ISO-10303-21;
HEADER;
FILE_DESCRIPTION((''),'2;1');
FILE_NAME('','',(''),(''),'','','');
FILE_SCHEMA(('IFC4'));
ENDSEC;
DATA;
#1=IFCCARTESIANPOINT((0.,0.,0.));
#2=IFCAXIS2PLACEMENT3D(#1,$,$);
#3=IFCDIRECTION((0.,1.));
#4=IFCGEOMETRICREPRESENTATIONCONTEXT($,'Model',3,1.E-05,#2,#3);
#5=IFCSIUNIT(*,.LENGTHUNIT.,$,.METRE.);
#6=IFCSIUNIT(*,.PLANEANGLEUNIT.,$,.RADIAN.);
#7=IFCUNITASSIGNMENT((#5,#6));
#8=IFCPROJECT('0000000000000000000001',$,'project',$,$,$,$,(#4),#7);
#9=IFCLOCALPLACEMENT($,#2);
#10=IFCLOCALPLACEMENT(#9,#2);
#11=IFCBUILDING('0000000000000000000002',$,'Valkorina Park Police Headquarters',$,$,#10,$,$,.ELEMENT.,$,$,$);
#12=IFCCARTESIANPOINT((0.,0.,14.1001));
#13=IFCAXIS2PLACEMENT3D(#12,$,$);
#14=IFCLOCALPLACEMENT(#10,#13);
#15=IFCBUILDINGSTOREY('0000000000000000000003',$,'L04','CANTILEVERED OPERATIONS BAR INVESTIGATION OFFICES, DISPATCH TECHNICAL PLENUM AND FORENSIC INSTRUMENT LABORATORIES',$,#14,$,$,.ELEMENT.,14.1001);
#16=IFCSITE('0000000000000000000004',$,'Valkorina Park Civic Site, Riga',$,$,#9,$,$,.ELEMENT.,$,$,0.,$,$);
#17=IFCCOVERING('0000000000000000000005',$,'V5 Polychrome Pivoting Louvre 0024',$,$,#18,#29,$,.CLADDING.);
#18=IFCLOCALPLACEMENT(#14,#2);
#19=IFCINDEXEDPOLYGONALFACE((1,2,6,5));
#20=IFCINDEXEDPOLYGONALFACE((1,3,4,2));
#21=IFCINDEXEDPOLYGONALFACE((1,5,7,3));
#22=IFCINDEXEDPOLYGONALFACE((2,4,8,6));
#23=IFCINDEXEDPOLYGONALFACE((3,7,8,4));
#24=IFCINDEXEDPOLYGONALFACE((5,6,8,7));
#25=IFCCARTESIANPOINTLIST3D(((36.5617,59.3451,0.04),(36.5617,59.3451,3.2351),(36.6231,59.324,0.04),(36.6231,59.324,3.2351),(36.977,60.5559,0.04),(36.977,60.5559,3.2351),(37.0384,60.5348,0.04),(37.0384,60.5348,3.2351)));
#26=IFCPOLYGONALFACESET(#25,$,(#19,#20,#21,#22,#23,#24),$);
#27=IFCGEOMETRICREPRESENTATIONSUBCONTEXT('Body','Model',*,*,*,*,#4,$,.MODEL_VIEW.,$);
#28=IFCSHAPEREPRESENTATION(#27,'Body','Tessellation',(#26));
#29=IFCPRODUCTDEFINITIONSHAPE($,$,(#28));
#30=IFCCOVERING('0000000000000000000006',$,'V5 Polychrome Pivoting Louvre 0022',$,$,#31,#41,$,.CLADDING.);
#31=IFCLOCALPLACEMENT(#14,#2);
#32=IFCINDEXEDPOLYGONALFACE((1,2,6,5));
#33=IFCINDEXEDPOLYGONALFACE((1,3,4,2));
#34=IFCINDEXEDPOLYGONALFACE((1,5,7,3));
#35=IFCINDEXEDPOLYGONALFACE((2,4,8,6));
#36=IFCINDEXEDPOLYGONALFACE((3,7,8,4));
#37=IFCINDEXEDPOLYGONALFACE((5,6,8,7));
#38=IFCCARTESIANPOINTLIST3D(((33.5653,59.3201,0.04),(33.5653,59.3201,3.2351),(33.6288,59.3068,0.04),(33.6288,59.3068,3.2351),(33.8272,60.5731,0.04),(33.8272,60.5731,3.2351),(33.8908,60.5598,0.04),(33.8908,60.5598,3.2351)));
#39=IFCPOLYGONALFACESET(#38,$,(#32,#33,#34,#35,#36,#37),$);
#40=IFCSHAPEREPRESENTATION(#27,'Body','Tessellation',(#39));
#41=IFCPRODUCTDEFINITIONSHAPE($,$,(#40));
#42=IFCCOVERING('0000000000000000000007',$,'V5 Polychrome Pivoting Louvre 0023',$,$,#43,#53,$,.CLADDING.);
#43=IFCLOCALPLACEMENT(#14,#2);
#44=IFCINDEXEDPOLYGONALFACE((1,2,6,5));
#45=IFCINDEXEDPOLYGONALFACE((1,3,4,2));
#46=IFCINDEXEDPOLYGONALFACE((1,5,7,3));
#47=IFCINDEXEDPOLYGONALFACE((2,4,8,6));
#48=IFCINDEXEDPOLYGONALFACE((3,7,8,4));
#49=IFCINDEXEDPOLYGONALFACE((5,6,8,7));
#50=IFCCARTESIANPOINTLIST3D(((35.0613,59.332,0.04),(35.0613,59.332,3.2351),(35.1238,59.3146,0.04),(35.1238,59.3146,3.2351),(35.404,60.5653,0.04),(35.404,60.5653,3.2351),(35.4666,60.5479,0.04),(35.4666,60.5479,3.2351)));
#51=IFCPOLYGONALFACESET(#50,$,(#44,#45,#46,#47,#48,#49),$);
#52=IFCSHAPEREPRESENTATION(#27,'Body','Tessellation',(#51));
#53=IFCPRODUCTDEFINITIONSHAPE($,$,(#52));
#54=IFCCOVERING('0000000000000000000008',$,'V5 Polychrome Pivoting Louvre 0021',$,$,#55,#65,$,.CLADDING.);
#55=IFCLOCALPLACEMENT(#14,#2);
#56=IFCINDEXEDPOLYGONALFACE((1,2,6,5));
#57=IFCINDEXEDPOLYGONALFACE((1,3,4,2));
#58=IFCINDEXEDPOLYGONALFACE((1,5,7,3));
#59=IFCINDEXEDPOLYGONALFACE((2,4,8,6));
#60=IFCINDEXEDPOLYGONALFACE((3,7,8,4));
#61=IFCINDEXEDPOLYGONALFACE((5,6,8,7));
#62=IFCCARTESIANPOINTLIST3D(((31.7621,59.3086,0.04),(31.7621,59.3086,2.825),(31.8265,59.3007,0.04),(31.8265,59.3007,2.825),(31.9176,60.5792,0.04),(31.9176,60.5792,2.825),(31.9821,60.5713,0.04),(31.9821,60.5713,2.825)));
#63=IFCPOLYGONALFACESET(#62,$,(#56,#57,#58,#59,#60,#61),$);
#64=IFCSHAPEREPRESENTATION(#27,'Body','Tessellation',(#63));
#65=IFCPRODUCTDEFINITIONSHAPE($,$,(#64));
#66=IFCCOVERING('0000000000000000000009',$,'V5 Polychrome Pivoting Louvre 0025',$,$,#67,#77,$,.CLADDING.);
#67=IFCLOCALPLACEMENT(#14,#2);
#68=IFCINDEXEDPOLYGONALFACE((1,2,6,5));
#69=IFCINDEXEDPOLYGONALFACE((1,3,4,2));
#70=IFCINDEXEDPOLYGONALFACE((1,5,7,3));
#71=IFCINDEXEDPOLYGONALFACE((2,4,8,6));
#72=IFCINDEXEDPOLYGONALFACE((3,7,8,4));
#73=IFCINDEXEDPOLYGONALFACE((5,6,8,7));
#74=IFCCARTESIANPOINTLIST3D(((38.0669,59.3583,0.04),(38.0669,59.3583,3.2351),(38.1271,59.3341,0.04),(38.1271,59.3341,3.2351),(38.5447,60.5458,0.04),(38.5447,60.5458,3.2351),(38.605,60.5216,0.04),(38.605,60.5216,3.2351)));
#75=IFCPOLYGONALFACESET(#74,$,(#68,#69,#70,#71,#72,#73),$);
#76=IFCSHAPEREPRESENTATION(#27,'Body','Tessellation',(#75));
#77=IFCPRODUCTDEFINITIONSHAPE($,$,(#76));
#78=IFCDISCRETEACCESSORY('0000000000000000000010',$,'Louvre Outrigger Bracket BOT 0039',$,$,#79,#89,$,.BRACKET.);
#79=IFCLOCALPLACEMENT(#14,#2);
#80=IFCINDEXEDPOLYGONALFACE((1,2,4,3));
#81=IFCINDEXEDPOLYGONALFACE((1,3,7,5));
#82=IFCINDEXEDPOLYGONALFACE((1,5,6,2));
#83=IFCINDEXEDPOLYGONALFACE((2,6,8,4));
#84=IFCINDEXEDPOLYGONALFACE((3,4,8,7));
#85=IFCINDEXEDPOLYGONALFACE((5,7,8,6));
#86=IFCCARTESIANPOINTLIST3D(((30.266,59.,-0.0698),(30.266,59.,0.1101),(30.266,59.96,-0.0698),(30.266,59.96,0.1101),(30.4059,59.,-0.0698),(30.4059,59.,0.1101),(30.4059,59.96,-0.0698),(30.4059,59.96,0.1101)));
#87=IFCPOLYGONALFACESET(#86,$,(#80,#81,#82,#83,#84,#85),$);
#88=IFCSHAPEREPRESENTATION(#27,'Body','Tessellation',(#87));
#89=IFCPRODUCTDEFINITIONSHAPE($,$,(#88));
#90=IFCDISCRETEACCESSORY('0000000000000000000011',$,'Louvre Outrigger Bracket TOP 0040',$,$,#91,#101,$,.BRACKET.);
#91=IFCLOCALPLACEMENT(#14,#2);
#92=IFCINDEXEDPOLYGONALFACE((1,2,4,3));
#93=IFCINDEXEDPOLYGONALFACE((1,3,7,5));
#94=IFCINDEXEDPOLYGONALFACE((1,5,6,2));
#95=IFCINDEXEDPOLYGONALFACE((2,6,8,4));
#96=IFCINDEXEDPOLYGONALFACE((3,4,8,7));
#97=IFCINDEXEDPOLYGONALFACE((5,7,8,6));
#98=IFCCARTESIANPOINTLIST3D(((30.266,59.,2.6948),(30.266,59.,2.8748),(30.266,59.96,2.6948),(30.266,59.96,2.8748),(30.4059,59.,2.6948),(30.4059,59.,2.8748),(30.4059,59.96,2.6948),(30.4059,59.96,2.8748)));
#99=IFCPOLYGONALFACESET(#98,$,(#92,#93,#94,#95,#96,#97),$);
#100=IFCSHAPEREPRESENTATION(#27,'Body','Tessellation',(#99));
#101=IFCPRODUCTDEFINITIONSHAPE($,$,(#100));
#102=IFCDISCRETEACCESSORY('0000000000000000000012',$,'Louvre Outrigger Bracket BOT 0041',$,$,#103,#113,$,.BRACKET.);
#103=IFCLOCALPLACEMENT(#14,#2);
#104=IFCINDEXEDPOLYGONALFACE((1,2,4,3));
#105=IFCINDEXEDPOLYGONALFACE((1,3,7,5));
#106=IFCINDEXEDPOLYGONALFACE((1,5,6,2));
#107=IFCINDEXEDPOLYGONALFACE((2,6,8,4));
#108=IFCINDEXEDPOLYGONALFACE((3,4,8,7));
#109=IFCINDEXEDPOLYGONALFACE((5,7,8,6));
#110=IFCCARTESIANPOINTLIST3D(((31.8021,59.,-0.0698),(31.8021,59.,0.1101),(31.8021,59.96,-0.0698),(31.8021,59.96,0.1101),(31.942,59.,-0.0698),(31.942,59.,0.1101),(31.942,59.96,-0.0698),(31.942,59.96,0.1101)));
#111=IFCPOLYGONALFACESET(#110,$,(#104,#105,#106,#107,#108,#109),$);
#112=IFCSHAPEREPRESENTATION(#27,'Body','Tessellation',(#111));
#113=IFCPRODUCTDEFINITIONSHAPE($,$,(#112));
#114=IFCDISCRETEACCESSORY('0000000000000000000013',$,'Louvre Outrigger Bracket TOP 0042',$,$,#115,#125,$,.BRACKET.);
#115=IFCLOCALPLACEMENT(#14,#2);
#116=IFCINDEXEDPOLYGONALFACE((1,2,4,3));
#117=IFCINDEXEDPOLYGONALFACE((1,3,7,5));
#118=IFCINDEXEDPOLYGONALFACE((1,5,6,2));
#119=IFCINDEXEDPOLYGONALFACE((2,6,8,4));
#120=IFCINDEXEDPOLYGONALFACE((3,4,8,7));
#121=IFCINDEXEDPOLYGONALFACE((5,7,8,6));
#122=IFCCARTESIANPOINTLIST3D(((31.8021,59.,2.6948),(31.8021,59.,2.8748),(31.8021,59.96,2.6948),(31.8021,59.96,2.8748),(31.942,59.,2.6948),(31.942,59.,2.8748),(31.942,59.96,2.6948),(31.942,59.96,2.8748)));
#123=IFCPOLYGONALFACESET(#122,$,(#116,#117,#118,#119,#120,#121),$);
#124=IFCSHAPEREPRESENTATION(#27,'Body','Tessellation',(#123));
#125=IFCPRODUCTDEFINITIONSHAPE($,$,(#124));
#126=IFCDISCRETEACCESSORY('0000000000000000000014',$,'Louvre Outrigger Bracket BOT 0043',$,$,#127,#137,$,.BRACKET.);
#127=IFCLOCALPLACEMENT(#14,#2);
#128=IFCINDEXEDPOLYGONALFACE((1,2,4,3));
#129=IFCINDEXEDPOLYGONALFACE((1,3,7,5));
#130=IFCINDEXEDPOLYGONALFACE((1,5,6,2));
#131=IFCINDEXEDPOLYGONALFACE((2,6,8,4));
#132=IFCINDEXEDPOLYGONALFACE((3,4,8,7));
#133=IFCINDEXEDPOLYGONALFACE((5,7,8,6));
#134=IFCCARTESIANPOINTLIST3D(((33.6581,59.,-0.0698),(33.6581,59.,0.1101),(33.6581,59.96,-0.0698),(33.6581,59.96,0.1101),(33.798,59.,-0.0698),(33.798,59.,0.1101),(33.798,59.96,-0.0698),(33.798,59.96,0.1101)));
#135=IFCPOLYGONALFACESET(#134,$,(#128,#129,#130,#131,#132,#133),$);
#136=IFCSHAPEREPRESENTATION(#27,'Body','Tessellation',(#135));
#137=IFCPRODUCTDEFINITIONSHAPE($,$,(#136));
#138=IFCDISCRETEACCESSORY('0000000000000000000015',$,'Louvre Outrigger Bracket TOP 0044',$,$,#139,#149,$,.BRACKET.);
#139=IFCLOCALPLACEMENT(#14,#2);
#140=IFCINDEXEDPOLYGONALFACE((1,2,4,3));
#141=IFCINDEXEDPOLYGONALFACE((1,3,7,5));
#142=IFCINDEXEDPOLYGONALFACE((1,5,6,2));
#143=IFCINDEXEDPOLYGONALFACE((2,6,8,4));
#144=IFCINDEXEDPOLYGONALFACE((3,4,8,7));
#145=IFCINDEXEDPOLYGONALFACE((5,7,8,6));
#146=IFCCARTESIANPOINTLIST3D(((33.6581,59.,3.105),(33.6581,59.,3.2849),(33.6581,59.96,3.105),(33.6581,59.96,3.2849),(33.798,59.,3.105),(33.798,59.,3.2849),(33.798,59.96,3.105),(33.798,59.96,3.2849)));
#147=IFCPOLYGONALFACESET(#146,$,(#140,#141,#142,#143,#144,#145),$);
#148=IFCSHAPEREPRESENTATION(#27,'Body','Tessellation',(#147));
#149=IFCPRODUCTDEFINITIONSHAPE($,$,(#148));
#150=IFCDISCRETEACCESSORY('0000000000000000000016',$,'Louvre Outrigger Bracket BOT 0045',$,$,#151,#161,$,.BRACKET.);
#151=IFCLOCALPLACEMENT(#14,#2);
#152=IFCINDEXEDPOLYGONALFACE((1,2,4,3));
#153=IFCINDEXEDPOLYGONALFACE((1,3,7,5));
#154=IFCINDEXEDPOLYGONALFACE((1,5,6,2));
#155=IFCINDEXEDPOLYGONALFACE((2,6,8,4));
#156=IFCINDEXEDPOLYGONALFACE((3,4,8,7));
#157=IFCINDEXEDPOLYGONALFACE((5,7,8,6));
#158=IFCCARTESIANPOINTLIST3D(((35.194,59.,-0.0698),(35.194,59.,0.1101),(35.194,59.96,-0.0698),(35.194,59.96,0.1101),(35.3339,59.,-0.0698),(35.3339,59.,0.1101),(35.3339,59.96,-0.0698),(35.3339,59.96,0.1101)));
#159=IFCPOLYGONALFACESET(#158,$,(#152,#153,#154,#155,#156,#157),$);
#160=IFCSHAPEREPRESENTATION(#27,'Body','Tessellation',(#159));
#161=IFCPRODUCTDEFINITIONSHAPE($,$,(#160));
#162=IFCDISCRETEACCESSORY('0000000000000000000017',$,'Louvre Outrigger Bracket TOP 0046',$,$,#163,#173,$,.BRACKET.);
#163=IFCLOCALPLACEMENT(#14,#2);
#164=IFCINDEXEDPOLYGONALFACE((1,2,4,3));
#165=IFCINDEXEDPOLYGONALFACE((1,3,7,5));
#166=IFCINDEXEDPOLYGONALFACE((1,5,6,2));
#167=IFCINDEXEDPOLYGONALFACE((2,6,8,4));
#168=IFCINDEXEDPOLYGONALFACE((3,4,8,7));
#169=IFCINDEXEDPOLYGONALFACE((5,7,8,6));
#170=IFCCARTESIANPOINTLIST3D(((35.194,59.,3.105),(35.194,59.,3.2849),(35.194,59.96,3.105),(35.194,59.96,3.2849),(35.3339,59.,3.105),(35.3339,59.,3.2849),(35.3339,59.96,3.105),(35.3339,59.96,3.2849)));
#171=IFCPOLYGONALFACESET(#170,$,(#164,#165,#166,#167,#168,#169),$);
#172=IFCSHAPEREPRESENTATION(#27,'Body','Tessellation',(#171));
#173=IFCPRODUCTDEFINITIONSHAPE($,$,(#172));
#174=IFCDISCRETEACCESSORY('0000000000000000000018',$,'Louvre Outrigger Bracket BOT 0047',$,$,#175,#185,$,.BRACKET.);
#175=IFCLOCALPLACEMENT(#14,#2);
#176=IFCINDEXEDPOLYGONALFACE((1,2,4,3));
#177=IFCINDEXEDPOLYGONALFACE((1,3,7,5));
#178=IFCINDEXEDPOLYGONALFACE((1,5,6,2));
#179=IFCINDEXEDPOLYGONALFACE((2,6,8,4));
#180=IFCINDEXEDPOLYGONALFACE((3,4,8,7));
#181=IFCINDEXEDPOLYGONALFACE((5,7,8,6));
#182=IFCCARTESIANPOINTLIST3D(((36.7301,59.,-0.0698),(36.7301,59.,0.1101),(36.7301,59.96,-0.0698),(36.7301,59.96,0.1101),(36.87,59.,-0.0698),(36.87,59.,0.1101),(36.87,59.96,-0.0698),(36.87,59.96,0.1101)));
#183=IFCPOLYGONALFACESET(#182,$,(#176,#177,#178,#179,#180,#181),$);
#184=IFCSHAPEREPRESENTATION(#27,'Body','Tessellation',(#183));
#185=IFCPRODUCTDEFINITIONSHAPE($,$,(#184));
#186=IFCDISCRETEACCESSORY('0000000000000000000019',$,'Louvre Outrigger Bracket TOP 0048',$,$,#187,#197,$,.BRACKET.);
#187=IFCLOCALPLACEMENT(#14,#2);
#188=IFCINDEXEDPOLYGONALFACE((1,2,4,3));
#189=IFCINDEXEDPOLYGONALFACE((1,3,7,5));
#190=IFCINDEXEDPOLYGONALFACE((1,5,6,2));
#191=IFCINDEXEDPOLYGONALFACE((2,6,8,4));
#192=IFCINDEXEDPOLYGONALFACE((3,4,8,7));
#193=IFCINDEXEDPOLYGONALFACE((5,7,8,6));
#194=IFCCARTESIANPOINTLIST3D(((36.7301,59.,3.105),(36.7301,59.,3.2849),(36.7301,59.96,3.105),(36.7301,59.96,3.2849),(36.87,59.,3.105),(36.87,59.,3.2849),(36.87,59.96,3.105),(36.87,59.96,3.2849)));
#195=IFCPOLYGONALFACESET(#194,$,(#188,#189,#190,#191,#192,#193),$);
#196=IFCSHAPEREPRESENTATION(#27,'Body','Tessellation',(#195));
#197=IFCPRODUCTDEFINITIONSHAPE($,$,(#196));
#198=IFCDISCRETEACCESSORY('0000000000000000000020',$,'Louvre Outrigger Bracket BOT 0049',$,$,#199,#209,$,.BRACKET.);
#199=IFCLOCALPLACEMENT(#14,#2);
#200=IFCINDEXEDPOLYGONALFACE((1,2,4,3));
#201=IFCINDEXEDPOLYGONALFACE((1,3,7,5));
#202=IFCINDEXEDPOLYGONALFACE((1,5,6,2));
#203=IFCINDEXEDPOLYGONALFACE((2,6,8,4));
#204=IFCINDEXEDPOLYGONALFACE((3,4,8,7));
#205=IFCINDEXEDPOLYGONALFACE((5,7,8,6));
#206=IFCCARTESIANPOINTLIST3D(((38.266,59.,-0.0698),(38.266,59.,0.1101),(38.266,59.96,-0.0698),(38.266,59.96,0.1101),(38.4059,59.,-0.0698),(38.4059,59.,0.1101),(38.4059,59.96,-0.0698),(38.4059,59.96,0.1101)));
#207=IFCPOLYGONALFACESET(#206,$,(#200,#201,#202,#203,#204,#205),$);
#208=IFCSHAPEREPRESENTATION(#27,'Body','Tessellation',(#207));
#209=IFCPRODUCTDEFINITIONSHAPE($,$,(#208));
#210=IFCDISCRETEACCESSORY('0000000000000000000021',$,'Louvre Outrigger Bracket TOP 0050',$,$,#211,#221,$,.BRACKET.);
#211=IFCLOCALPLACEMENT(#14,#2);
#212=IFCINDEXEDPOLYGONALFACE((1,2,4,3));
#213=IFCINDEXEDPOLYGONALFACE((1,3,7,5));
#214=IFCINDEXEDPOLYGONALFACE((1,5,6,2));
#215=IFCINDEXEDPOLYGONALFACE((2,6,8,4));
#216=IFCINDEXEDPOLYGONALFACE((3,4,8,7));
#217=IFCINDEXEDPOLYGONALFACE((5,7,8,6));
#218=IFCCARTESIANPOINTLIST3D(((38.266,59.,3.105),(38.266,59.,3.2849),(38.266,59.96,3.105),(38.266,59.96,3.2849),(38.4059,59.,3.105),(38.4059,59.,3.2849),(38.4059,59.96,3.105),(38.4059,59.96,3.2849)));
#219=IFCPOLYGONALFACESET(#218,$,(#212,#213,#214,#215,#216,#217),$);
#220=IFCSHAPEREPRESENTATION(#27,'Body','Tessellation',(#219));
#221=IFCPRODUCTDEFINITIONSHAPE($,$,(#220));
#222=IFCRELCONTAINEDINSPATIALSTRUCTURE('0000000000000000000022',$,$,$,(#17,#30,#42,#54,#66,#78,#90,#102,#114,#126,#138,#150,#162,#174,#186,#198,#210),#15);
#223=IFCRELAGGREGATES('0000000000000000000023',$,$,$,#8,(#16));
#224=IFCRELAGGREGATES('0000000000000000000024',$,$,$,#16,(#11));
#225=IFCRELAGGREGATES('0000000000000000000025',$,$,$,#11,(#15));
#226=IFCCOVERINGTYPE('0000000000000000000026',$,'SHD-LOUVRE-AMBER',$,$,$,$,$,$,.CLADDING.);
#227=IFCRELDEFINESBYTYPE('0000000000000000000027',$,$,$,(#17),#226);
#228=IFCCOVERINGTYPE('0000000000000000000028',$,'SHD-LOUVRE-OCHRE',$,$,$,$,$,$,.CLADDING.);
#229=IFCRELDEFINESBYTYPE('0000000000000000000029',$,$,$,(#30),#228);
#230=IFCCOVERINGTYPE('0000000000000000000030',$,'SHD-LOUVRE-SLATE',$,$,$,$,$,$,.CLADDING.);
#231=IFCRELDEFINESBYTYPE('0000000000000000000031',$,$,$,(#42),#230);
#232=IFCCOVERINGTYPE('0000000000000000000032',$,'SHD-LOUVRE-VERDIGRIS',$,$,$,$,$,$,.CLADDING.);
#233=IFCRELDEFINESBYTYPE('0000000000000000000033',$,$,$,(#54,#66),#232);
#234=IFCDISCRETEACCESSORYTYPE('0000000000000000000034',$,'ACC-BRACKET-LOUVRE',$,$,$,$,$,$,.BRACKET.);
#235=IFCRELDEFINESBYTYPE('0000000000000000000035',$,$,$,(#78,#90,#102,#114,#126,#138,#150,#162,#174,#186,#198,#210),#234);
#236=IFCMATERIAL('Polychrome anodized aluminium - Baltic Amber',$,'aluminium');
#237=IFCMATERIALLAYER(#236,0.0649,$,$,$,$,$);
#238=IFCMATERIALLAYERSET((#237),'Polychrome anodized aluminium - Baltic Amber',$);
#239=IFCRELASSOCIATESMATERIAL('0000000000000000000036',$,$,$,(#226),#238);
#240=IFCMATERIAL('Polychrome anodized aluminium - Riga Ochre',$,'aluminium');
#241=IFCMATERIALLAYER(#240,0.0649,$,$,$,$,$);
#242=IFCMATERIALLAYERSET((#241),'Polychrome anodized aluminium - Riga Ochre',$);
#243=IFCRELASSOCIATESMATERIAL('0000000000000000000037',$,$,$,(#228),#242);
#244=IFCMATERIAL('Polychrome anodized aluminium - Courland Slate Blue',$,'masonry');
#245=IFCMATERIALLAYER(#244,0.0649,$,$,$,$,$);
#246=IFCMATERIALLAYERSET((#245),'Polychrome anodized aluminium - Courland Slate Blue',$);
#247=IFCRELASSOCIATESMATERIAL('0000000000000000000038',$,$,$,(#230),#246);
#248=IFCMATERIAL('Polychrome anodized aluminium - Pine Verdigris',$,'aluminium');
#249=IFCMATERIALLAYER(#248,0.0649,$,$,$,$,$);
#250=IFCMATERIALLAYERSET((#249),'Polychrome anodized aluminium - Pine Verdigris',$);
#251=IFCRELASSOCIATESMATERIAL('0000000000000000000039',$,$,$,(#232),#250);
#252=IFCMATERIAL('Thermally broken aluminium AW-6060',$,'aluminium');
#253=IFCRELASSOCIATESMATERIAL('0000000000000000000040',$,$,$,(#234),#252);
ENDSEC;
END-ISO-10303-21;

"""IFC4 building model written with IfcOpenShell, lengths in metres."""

from ifc_helpers import new_model, si_unit, direction, frame, origin, origin_2d, place, context, subcontext, project, spatial, rectangle, extrude, material, layer, layer_set, type_object, element, save


model = new_model("IFC4")

# Units and contexts
model_context = context("Model", 3, precision=1e-05, world=origin(), true_north=direction((0.0, 1.0)))
body_context = subcontext(model_context, "Body", "Model", "MODEL_VIEW")
ifc_project = project(units=[si_unit("LENGTHUNIT", "METRE"), si_unit("PLANEANGLEUNIT", "RADIAN")], contexts=[model_context])

# Site, building, storey
site_placement = place(None, origin())
site = spatial("IfcSite", under=ifc_project, at=site_placement, Name="Valkorina Park Civic Site, Riga", CompositionType="ELEMENT", RefElevation=0.0)
building_placement = place(site_placement, origin())
building = spatial("IfcBuilding", under=site, at=building_placement, Name="Valkorina Park Police Headquarters", CompositionType="ELEMENT")
storey_placement = place(building_placement, frame((0.0, 0.0, 14.1001)))
storey = spatial("IfcBuildingStorey", under=building, at=storey_placement, Name="L04", Description="CANTILEVERED OPERATIONS BAR INVESTIGATION OFFICES, DISPATCH TECHNICAL PLENUM AND FORENSIC INSTRUMENT LABORATORIES", CompositionType="ELEMENT", Elevation=14.1001)

# Shared definitions
ifc_material_1 = material(Name="Thermally broken aluminium AW-6060", Category="aluminium")

# Coverings
ifc_material_2 = material(Name="Polychrome anodized aluminium - Baltic Amber", Category="aluminium")
ifc_layer_1 = layer(ifc_material_2, 0.0649)
ifc_layer_set_1 = layer_set([ifc_layer_1], Name="Polychrome anodized aluminium - Baltic Amber")
covering_type_1 = type_object("IfcCoveringType", Name="SHD-LOUVRE-AMBER", PredefinedType="CLADDING", material=ifc_layer_set_1)
covering_1_placement = place(storey_placement, frame((36.8, 59.9399, 0.04), z_axis=(0.0, 0.0, 1.0), x_axis=(0.324413, 0.945916, 0.0)))
element("IfcCovering", 1, at=covering_1_placement, inside=storey, type_object=covering_type_1, Name="V5 Polychrome Pivoting Louvre 0024", PredefinedType="CLADDING", context=body_context, shape_type="SweptSolid", body=[
    extrude(rectangle(XDim=1.28, YDim=0.0649, at=origin_2d()), origin(), (0.0, 0.0, 1.0), 3.1951),
])
ifc_material_3 = material(Name="Polychrome anodized aluminium - Riga Ochre", Category="aluminium")
ifc_layer_2 = layer(ifc_material_3, 0.0649)
ifc_layer_set_2 = layer_set([ifc_layer_2], Name="Polychrome anodized aluminium - Riga Ochre")
covering_type_2 = type_object("IfcCoveringType", Name="SHD-LOUVRE-OCHRE", PredefinedType="CLADDING", material=ifc_layer_set_2)
covering_2_placement = place(storey_placement, frame((33.728, 59.9399, 0.04), z_axis=(0.0, 0.0, 1.0), x_axis=(0.204667, 0.978832, 0.0)))
element("IfcCovering", 2, at=covering_2_placement, inside=storey, type_object=covering_type_2, Name="V5 Polychrome Pivoting Louvre 0022", PredefinedType="CLADDING", context=body_context, shape_type="SweptSolid", body=[
    extrude(rectangle(XDim=1.28, YDim=0.0649, at=origin_2d()), origin(), (0.0, 0.0, 1.0), 3.1951),
])
ifc_material_4 = material(Name="Polychrome anodized aluminium - Courland Slate Blue", Category="masonry")
ifc_layer_3 = layer(ifc_material_4, 0.0649)
ifc_layer_set_3 = layer_set([ifc_layer_3], Name="Polychrome anodized aluminium - Courland Slate Blue")
covering_type_3 = type_object("IfcCoveringType", Name="SHD-LOUVRE-SLATE", PredefinedType="CLADDING", material=ifc_layer_set_3)
covering_3_placement = place(storey_placement, frame((35.2639, 59.9399, 0.04), z_axis=(0.0, 0.0, 1.0), x_axis=(0.267743, 0.96349, 0.0)))
element("IfcCovering", 3, at=covering_3_placement, inside=storey, type_object=covering_type_3, Name="V5 Polychrome Pivoting Louvre 0023", PredefinedType="CLADDING", context=body_context, shape_type="SweptSolid", body=[
    extrude(rectangle(XDim=1.28, YDim=0.0649, at=origin_2d()), origin(), (0.0, 0.0, 1.0), 3.1951),
])
ifc_material_5 = material(Name="Polychrome anodized aluminium - Pine Verdigris", Category="aluminium")
ifc_layer_4 = layer(ifc_material_5, 0.0649)
ifc_layer_set_4 = layer_set([ifc_layer_4], Name="Polychrome anodized aluminium - Pine Verdigris")
covering_type_4 = type_object("IfcCoveringType", Name="SHD-LOUVRE-VERDIGRIS", PredefinedType="CLADDING", material=ifc_layer_set_4)
covering_4_placement = place(storey_placement, frame((31.8721, 59.9399, 0.04), z_axis=(0.0, 0.0, 1.0), x_axis=(0.121523, 0.992589, 0.0)))
element("IfcCovering", 4, at=covering_4_placement, inside=storey, type_object=covering_type_4, Name="V5 Polychrome Pivoting Louvre 0021", PredefinedType="CLADDING", context=body_context, shape_type="SweptSolid", body=[
    extrude(rectangle(XDim=1.28, YDim=0.0649, at=origin_2d()), origin(), (0.0, 0.0, 1.0), 2.7849),
])
covering_5_placement = place(storey_placement, frame((38.3359, 59.9399, 0.04), z_axis=(0.0, 0.0, 1.0), x_axis=(0.373312, 0.927706, 0.0)))
element("IfcCovering", 5, at=covering_5_placement, inside=storey, type_object=covering_type_4, Name="V5 Polychrome Pivoting Louvre 0025", PredefinedType="CLADDING", context=body_context, shape_type="SweptSolid", body=[
    extrude(rectangle(XDim=1.28, YDim=0.0649, at=origin_2d()), origin(), (0.0, 0.0, 1.0), 3.1951),
])

# Discrete accessories
discrete_accessory_type = type_object("IfcDiscreteAccessoryType", Name="ACC-BRACKET-LOUVRE", PredefinedType="BRACKET", material=ifc_material_1)
for number, where, z_axis, x_axis, name in (
    (6, (30.3359, 59.48, -0.0698), (0.0, 0.0, 1.0), (0.0, 1.0, 0.0), "Louvre Outrigger Bracket BOT 0039"),
    (7, (30.3359, 59.48, 2.6948), (0.0, 0.0, 1.0), (0.0, 1.0, 0.0), "Louvre Outrigger Bracket TOP 0040"),
    (8, (31.8721, 59.48, -0.0698), (0.0, 0.0, 1.0), (0.0, 1.0, 0.0), "Louvre Outrigger Bracket BOT 0041"),
    (9, (31.8721, 59.48, 2.6948), (0.0, 0.0, 1.0), (0.0, 1.0, 0.0), "Louvre Outrigger Bracket TOP 0042"),
    (10, (33.728, 59.48, -0.0698), (0.0, 0.0, 1.0), (0.0, 1.0, 0.0), "Louvre Outrigger Bracket BOT 0043"),
    (11, (33.728, 59.48, 3.105), (0.0, 0.0, 1.0), (0.0, 1.0, 0.0), "Louvre Outrigger Bracket TOP 0044"),
    (12, (35.2639, 59.48, -0.0698), (0.0, 0.0, 1.0), (0.0, 1.0, 0.0), "Louvre Outrigger Bracket BOT 0045"),
    (13, (35.2639, 59.48, 3.105), (0.0, 0.0, 1.0), (0.0, 1.0, 0.0), "Louvre Outrigger Bracket TOP 0046"),
    (14, (36.8, 59.48, -0.0698), (0.0, 0.0, 1.0), (0.0, 1.0, 0.0), "Louvre Outrigger Bracket BOT 0047"),
    (15, (36.8, 59.48, 3.105), (0.0, 0.0, 1.0), (0.0, 1.0, 0.0), "Louvre Outrigger Bracket TOP 0048"),
    (16, (38.3359, 59.48, -0.0698), (0.0, 0.0, 1.0), (0.0, 1.0, 0.0), "Louvre Outrigger Bracket BOT 0049"),
    (17, (38.3359, 59.48, 3.105), (0.0, 0.0, 1.0), (0.0, 1.0, 0.0), "Louvre Outrigger Bracket TOP 0050"),
):
    element("IfcDiscreteAccessory", number, at=place(storey_placement, frame(where, z_axis=z_axis, x_axis=x_axis)), inside=storey, type_object=discrete_accessory_type, Name=name, PredefinedType="BRACKET", context=body_context, shape_type="SweptSolid", body=[
        extrude(rectangle(XDim=0.96, YDim=0.1399, at=origin_2d()), origin(), (0.0, 0.0, 1.0), 0.1799),
    ])

save(model, "model.ifc")
